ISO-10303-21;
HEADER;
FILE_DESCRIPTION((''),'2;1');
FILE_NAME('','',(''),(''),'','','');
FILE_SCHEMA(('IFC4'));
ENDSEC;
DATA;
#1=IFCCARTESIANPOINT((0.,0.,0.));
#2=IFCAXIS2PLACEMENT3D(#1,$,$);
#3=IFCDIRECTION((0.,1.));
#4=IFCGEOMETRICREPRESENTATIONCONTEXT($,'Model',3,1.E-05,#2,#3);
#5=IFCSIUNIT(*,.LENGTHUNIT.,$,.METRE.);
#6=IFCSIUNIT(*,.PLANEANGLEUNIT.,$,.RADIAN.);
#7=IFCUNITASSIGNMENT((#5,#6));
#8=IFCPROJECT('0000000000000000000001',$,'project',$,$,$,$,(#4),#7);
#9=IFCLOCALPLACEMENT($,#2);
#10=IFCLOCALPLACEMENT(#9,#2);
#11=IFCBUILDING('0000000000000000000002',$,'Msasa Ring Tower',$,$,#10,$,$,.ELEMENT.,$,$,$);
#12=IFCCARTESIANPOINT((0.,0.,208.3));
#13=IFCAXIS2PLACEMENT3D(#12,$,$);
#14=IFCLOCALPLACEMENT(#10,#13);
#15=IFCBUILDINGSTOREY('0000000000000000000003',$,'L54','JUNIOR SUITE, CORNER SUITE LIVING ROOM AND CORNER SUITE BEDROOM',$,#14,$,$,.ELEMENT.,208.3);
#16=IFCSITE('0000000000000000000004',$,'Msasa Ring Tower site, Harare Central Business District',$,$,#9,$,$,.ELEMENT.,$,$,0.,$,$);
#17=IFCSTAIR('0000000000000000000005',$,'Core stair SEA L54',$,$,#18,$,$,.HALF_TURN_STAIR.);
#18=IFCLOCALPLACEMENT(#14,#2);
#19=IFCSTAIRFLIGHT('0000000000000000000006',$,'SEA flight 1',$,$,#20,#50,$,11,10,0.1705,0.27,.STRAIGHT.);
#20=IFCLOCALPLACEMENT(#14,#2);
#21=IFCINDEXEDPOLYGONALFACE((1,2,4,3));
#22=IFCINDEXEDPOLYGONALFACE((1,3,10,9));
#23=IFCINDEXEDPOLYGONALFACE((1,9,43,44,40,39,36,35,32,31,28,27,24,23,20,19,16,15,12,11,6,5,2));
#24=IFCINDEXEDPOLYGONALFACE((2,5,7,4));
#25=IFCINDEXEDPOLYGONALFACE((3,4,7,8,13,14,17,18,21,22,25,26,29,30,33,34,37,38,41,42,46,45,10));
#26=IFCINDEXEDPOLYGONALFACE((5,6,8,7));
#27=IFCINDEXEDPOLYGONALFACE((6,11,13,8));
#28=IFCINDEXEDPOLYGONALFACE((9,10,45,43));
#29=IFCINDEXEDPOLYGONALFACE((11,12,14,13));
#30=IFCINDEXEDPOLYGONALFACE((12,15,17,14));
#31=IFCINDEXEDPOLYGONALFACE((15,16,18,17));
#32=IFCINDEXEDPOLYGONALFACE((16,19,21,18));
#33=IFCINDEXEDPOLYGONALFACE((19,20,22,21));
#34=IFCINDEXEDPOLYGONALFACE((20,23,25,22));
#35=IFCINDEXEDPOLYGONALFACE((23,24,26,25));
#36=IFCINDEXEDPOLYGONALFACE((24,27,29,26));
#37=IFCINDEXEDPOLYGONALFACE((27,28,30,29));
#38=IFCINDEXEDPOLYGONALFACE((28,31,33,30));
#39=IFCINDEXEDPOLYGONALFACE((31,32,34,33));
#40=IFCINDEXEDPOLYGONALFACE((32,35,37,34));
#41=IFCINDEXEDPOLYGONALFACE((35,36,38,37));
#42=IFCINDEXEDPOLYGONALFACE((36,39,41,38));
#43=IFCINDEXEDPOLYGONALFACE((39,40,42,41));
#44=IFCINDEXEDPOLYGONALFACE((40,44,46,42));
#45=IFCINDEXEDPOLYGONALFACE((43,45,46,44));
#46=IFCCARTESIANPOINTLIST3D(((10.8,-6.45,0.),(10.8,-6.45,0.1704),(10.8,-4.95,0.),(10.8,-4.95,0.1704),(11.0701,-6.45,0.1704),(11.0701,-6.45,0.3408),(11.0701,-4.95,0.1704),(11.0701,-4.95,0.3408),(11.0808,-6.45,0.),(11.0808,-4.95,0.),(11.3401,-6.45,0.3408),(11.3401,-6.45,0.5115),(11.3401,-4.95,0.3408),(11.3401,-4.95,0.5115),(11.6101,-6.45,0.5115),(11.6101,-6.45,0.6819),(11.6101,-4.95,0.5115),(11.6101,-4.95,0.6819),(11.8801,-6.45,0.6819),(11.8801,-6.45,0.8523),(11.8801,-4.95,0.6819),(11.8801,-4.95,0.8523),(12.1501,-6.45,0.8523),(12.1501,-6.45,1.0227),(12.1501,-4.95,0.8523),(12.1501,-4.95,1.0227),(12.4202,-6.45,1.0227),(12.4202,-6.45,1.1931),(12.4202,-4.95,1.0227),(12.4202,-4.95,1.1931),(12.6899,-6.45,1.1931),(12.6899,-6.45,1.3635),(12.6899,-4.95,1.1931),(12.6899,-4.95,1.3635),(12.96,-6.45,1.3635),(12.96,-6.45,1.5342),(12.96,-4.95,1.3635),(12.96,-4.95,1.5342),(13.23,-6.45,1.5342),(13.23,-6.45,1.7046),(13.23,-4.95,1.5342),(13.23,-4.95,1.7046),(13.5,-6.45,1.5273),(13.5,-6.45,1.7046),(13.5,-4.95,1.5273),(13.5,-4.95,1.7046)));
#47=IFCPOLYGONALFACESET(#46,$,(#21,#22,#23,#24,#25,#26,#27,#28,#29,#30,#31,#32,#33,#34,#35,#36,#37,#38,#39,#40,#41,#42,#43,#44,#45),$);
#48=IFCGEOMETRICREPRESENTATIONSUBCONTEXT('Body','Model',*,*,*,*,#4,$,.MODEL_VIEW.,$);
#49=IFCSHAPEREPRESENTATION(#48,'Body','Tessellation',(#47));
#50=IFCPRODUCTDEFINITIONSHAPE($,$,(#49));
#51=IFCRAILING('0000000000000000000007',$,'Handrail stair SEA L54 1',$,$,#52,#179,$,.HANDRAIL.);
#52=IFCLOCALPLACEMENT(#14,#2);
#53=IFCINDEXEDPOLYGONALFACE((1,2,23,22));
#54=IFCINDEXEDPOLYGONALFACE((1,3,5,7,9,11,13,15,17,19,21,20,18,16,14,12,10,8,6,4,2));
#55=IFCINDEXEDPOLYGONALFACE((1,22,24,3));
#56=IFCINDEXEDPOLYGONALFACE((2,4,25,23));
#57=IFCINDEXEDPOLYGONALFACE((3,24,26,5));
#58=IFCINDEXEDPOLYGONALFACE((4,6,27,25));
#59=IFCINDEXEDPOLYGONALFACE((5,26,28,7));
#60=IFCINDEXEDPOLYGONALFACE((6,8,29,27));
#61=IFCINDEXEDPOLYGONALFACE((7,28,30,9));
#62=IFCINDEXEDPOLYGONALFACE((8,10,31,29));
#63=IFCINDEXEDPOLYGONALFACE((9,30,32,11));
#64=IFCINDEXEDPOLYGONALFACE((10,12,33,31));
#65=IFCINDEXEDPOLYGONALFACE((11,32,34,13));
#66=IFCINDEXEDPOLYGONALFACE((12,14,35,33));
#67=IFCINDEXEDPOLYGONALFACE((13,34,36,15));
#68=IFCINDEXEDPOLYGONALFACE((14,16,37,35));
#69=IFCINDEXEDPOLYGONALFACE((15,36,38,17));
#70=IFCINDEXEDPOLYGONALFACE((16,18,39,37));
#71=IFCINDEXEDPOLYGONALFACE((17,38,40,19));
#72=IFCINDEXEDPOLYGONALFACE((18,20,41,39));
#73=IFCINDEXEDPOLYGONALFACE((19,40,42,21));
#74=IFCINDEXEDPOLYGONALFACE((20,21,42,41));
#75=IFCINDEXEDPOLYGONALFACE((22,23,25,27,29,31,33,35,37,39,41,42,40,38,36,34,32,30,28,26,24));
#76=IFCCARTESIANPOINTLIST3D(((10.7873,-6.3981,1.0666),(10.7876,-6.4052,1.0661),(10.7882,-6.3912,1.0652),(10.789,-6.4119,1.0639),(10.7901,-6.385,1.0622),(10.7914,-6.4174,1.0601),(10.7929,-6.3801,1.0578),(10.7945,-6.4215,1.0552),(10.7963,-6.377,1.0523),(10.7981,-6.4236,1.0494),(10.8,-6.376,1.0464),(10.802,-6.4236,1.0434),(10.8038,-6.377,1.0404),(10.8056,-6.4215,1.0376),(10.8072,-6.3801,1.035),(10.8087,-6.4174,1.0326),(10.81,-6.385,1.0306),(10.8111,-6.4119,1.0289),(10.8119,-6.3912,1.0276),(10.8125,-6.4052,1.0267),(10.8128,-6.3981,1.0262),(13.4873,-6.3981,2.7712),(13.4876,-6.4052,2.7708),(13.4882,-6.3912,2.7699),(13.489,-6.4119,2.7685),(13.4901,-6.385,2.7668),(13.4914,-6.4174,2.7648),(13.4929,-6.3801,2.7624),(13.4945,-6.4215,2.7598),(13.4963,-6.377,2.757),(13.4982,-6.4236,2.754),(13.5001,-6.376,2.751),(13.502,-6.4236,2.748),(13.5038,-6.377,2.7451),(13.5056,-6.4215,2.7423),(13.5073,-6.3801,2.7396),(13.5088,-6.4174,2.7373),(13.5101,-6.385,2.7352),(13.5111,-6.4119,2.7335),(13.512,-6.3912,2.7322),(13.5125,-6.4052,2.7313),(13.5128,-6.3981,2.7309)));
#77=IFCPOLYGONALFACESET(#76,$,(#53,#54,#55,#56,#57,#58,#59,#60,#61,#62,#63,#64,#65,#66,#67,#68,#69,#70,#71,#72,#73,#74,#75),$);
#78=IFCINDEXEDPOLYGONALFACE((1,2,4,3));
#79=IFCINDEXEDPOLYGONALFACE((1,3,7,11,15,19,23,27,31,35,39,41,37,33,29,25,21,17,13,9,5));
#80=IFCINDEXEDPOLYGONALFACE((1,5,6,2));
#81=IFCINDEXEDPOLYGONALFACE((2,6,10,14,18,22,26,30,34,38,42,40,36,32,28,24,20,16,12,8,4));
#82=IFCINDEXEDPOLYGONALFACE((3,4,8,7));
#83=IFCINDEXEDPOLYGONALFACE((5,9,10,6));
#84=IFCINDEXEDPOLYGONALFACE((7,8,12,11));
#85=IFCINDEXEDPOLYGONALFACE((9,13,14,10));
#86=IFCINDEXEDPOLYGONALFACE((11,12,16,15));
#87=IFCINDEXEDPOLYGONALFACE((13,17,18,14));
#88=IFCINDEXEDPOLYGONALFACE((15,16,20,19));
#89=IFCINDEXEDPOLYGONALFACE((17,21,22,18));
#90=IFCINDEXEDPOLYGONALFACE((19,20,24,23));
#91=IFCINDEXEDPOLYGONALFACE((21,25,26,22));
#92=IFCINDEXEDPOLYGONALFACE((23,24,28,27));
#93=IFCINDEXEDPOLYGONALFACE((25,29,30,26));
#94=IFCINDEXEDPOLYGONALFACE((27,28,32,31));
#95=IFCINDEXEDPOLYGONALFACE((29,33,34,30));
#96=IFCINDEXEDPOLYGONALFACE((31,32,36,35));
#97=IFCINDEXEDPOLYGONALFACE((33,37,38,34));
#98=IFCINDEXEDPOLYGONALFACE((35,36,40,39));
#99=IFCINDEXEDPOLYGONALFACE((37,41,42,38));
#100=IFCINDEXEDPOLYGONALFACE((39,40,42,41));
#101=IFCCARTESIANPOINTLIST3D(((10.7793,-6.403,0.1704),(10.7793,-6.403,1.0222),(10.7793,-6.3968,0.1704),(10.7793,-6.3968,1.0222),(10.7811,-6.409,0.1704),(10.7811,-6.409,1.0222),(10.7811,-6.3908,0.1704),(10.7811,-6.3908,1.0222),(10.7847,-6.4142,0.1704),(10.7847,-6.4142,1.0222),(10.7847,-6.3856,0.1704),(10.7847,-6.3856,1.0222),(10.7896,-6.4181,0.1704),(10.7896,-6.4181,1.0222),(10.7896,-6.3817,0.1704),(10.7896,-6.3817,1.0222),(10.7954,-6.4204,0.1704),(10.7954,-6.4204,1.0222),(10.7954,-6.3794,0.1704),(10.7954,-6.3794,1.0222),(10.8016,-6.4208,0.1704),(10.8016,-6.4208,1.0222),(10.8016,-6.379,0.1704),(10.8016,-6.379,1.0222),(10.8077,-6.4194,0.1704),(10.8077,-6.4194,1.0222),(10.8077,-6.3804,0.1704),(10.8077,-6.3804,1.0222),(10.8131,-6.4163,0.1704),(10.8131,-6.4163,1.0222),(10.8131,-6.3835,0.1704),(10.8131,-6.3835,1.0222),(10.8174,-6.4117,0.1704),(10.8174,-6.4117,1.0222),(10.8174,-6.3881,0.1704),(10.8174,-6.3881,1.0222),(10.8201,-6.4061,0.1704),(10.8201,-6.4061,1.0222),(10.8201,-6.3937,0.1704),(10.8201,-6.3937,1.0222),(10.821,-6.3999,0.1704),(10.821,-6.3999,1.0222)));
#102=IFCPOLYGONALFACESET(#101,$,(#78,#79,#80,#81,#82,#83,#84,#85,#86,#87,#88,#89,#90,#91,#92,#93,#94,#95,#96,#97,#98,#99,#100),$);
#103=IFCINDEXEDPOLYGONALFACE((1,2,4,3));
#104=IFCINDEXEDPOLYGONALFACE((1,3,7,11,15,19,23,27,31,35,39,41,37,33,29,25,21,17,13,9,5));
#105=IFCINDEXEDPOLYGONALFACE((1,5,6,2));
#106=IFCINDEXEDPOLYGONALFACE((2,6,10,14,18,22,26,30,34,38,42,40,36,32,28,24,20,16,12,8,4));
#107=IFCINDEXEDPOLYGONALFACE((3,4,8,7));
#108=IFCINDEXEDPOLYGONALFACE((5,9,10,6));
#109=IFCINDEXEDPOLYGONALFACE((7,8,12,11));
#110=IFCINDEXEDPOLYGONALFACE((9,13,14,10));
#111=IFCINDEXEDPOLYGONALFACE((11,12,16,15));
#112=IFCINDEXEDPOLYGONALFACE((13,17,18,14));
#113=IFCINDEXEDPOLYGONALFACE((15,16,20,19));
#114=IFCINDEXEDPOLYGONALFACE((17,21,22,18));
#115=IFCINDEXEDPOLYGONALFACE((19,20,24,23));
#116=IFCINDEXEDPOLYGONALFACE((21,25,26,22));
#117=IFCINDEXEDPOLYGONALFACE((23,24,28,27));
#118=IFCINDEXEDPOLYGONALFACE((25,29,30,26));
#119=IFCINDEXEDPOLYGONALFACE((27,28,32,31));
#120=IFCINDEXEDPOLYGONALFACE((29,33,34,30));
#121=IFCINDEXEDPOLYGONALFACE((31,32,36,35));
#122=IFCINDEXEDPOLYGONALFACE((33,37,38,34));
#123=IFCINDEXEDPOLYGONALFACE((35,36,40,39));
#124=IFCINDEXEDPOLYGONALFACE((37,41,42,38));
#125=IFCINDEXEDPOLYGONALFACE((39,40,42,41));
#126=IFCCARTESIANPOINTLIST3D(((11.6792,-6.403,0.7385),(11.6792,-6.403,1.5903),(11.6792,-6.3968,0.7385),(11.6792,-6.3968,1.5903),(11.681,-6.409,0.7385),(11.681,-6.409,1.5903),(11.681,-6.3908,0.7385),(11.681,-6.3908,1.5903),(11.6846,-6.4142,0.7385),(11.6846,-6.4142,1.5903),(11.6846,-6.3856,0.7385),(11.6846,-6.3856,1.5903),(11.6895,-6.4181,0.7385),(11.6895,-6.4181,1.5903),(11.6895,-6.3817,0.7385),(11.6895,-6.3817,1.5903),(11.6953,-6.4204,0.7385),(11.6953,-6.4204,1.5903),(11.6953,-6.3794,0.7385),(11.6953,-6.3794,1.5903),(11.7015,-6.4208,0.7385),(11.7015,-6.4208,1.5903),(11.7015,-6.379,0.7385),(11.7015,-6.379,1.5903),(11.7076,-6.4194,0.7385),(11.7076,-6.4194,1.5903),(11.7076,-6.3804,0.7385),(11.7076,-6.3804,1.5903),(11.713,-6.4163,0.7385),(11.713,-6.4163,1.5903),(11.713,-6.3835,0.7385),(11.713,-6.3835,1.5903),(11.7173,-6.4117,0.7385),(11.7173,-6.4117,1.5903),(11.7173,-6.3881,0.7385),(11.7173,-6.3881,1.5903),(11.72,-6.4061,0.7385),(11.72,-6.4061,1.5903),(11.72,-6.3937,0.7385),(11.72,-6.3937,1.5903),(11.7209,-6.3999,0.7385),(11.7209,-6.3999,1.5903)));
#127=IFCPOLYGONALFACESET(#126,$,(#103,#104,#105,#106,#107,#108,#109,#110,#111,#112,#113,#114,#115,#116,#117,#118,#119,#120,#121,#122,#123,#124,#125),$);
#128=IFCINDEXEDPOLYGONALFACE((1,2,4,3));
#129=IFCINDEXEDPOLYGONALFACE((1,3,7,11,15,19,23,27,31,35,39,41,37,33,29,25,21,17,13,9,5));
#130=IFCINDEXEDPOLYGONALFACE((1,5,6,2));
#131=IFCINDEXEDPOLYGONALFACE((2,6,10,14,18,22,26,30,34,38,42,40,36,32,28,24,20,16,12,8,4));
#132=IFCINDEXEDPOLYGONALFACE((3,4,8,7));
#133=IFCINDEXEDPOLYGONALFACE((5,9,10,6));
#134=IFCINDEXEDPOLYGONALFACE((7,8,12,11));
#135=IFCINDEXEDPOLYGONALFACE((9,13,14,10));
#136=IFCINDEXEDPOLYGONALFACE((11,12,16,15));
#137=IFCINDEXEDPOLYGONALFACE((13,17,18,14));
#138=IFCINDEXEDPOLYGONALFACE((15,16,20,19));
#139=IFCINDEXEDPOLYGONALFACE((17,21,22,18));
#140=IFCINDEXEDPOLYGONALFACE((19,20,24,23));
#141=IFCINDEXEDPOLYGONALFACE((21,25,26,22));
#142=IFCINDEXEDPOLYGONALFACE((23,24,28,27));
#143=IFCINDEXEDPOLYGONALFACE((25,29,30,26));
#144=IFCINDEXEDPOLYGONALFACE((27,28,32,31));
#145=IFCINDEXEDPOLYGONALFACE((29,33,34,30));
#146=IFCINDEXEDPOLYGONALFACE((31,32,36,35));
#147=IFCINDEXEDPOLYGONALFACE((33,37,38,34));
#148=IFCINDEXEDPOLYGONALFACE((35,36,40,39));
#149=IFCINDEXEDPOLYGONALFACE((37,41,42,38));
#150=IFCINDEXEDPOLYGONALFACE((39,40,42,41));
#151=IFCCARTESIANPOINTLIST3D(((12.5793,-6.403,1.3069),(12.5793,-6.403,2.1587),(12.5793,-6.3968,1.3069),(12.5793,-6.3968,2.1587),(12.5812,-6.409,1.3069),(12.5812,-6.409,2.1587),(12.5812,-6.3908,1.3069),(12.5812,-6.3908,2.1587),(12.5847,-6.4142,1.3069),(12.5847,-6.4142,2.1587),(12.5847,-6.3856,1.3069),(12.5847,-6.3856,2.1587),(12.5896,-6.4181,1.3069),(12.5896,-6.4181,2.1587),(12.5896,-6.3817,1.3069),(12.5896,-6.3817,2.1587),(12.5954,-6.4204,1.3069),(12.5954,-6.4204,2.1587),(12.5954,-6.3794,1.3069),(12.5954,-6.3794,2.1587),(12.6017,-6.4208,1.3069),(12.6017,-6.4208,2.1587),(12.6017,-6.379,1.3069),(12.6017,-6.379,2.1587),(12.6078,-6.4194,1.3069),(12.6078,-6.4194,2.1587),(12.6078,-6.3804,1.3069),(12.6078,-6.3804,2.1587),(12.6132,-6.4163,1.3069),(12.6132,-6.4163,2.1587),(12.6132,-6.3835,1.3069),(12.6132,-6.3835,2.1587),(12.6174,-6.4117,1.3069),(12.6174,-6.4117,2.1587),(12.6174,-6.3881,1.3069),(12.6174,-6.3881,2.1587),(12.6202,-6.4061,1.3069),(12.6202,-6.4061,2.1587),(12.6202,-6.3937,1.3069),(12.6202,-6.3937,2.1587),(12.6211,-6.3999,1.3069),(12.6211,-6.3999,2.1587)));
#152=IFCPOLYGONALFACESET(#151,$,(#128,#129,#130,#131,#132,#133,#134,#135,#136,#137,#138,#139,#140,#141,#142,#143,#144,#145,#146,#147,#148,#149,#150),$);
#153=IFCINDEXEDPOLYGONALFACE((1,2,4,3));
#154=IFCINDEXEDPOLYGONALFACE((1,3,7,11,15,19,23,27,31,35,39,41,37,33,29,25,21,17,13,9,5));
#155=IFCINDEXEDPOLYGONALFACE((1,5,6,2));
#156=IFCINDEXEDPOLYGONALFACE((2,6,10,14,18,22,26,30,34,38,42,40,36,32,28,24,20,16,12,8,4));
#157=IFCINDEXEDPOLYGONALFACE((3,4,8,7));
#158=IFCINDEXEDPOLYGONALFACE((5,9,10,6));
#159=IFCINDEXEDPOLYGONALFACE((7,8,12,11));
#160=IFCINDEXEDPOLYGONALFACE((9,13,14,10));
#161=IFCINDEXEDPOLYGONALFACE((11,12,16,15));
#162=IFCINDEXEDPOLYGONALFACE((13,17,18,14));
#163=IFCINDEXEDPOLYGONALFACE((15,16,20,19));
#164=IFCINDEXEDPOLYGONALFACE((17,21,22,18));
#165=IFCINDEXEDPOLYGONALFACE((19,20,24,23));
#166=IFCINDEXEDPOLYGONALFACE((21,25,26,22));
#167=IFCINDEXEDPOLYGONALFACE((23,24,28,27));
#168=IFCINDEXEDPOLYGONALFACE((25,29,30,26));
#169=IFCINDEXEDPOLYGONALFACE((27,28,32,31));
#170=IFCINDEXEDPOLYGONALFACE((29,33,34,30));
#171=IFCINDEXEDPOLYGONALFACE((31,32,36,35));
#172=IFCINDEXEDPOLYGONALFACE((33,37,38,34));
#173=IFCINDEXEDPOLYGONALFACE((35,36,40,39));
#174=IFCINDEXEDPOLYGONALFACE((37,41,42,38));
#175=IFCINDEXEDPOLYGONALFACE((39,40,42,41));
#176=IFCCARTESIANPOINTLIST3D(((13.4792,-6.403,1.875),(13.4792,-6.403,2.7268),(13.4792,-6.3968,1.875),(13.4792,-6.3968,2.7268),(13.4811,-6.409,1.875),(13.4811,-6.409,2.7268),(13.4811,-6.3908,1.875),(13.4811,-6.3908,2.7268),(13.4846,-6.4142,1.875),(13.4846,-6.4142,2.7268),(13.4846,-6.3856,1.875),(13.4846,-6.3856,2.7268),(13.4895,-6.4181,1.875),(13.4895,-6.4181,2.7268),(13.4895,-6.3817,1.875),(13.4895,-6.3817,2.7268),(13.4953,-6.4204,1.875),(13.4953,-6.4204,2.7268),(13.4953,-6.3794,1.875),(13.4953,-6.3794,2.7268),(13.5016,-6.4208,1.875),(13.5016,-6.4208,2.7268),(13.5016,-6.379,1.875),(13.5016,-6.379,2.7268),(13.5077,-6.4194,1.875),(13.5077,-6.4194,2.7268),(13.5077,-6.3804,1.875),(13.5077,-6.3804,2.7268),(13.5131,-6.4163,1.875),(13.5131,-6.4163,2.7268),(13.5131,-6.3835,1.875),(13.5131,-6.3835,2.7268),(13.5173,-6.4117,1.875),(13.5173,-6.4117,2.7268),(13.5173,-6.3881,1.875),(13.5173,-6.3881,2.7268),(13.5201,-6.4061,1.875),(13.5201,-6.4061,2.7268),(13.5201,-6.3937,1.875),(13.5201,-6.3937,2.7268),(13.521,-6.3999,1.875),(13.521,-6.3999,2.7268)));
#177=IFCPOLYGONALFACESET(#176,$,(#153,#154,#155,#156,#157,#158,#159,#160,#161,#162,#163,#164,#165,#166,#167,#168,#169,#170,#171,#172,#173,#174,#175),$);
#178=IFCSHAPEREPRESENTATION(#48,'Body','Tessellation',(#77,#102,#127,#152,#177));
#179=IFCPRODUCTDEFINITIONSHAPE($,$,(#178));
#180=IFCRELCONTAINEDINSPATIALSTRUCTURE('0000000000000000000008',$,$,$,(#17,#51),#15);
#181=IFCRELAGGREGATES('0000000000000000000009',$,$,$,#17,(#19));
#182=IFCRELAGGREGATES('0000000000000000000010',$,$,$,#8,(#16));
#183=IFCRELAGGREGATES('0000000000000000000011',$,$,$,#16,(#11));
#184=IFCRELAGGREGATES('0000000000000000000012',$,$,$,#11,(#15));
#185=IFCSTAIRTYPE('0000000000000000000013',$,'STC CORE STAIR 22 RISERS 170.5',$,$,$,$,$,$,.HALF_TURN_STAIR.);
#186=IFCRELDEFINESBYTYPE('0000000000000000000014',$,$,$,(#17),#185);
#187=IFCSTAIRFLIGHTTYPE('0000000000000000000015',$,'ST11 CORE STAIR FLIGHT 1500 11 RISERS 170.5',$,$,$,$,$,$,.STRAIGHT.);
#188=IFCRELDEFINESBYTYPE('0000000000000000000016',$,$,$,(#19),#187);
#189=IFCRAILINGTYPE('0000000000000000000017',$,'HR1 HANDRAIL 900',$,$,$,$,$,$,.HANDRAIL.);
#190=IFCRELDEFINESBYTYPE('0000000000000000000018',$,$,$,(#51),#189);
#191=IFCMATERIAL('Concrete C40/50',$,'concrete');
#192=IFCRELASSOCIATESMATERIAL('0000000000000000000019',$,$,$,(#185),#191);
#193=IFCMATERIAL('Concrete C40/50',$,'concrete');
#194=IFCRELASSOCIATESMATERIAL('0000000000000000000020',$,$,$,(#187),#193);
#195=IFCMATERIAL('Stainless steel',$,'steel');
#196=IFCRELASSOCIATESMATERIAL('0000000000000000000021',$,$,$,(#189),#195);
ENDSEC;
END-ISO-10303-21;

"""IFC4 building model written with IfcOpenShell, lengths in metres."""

from ifc_helpers import new_model, si_unit, direction, frame, origin, origin_2d, place, context, subcontext, project, spatial, polyline, circle, outline, extrude, material, type_object, element, aggregate, save


model = new_model("IFC4")

# Units and contexts
model_context = context("Model", 3, precision=1e-05, world=origin(), true_north=direction((0.0, 1.0)))
body_context = subcontext(model_context, "Body", "Model", "MODEL_VIEW")
ifc_project = project(units=[si_unit("LENGTHUNIT", "METRE"), si_unit("PLANEANGLEUNIT", "RADIAN")], contexts=[model_context])

# Site, building, storey
site_placement = place(None, origin())
site = spatial("IfcSite", under=ifc_project, at=site_placement, Name="Msasa Ring Tower site, Harare Central Business District", CompositionType="ELEMENT", RefElevation=0.0)
building_placement = place(site_placement, origin())
building = spatial("IfcBuilding", under=site, at=building_placement, Name="Msasa Ring Tower", CompositionType="ELEMENT")
storey_placement = place(building_placement, frame((0.0, 0.0, 208.3)))
storey = spatial("IfcBuildingStorey", under=building, at=storey_placement, Name="L54", Description="JUNIOR SUITE, CORNER SUITE LIVING ROOM AND CORNER SUITE BEDROOM", CompositionType="ELEMENT", Elevation=208.3)

# Stair
ifc_material_1 = material(Name="Concrete C40/50", Category="concrete")
stair_type = type_object("IfcStairType", Name="STC CORE STAIR 22 RISERS 170.5", PredefinedType="HALF_TURN_STAIR", material=ifc_material_1)
stair_1_placement = place(storey_placement, origin())
stair_1 = element("IfcStair", 1, at=stair_1_placement, inside=storey, type_object=stair_type, Name="Core stair SEA L54", PredefinedType="HALF_TURN_STAIR")

# Stair flight
ifc_material_2 = material(Name="Concrete C40/50", Category="concrete")
stair_flight_type = type_object("IfcStairFlightType", Name="ST11 CORE STAIR FLIGHT 1500 11 RISERS 170.5", PredefinedType="STRAIGHT", material=ifc_material_2)
stair_flight_placement = place(storey_placement, frame((10.8, -5.7, 0.0), z_axis=(0.0, 0.0, 1.0), x_axis=(1.0, 0.0, 0.0)))
stair_flight = element("IfcStairFlight", 2, at=stair_flight_placement, type_object=stair_flight_type, Name="SEA flight 1", NumberOfRisers=11, NumberOfTreads=10, PredefinedType="STRAIGHT", RiserHeight=0.1705, TreadLength=0.27, context=body_context, shape_type="SweptSolid", body=[
    extrude(outline(polyline([(0.0, 0.0), (0.0, 0.1704), (0.27, 0.1704), (0.27, 0.3408), (0.54, 0.3408), (0.54, 0.5115), (0.8101, 0.5115), (0.8101, 0.6819), (1.0801, 0.6819), (1.0801, 0.8523), (1.3501, 0.8523), (1.3501, 1.0227), (1.6201, 1.0227), (1.6201, 1.1931), (1.8899, 1.1931), (1.8899, 1.3635), (2.1599, 1.3635), (2.1599, 1.5342), (2.4299, 1.5342), (2.4299, 1.7046), (2.7, 1.7046), (2.7, 1.875), (2.7, 1.5273), (0.2808, 0.0), (0.0, 0.0)])), frame((0.0, 0.75, 0.0), z_axis=(0.0, -1.0, 0.0), x_axis=(1.0, 0.0, 0.0)), (0.0, 0.0, 1.0), 1.5),
])
aggregate(stair_1, [stair_flight])

# Railing
ifc_material_3 = material(Name="Stainless steel", Category="steel")
railing_type = type_object("IfcRailingType", Name="HR1 HANDRAIL 900", PredefinedType="HANDRAIL", material=ifc_material_3)
for number, where, name in (
    (3, (10.8, -6.3999, 0.1704), "Handrail stair SEA L54 1"),
):
    element("IfcRailing", number, at=place(storey_placement, frame(where)), inside=storey, type_object=railing_type, Name=name, PredefinedType="HANDRAIL", context=body_context, shape_type="SweptSolid", body=[
        extrude(circle(Radius=0.0239, at=origin_2d()), frame((0.0, 0.0, 0.876), z_axis=(0.84558, 0.0, 0.533849), x_axis=(0.0, 1.0, 0.0)), (0.0, 0.0, 1.0), 3.1931),
        extrude(circle(Radius=0.021, at=origin_2d()), origin(), (0.0, 0.0, 1.0), 0.8518),
        extrude(circle(Radius=0.021, at=origin_2d()), frame((0.8999, 0.0, 0.5681)), (0.0, 0.0, 1.0), 0.8518),
        extrude(circle(Radius=0.021, at=origin_2d()), frame((1.8, 0.0, 1.1365)), (0.0, 0.0, 1.0), 0.8518),
        extrude(circle(Radius=0.021, at=origin_2d()), frame((2.7, 0.0, 1.7046)), (0.0, 0.0, 1.0), 0.8518),
    ])

save(model, "model.ifc")
